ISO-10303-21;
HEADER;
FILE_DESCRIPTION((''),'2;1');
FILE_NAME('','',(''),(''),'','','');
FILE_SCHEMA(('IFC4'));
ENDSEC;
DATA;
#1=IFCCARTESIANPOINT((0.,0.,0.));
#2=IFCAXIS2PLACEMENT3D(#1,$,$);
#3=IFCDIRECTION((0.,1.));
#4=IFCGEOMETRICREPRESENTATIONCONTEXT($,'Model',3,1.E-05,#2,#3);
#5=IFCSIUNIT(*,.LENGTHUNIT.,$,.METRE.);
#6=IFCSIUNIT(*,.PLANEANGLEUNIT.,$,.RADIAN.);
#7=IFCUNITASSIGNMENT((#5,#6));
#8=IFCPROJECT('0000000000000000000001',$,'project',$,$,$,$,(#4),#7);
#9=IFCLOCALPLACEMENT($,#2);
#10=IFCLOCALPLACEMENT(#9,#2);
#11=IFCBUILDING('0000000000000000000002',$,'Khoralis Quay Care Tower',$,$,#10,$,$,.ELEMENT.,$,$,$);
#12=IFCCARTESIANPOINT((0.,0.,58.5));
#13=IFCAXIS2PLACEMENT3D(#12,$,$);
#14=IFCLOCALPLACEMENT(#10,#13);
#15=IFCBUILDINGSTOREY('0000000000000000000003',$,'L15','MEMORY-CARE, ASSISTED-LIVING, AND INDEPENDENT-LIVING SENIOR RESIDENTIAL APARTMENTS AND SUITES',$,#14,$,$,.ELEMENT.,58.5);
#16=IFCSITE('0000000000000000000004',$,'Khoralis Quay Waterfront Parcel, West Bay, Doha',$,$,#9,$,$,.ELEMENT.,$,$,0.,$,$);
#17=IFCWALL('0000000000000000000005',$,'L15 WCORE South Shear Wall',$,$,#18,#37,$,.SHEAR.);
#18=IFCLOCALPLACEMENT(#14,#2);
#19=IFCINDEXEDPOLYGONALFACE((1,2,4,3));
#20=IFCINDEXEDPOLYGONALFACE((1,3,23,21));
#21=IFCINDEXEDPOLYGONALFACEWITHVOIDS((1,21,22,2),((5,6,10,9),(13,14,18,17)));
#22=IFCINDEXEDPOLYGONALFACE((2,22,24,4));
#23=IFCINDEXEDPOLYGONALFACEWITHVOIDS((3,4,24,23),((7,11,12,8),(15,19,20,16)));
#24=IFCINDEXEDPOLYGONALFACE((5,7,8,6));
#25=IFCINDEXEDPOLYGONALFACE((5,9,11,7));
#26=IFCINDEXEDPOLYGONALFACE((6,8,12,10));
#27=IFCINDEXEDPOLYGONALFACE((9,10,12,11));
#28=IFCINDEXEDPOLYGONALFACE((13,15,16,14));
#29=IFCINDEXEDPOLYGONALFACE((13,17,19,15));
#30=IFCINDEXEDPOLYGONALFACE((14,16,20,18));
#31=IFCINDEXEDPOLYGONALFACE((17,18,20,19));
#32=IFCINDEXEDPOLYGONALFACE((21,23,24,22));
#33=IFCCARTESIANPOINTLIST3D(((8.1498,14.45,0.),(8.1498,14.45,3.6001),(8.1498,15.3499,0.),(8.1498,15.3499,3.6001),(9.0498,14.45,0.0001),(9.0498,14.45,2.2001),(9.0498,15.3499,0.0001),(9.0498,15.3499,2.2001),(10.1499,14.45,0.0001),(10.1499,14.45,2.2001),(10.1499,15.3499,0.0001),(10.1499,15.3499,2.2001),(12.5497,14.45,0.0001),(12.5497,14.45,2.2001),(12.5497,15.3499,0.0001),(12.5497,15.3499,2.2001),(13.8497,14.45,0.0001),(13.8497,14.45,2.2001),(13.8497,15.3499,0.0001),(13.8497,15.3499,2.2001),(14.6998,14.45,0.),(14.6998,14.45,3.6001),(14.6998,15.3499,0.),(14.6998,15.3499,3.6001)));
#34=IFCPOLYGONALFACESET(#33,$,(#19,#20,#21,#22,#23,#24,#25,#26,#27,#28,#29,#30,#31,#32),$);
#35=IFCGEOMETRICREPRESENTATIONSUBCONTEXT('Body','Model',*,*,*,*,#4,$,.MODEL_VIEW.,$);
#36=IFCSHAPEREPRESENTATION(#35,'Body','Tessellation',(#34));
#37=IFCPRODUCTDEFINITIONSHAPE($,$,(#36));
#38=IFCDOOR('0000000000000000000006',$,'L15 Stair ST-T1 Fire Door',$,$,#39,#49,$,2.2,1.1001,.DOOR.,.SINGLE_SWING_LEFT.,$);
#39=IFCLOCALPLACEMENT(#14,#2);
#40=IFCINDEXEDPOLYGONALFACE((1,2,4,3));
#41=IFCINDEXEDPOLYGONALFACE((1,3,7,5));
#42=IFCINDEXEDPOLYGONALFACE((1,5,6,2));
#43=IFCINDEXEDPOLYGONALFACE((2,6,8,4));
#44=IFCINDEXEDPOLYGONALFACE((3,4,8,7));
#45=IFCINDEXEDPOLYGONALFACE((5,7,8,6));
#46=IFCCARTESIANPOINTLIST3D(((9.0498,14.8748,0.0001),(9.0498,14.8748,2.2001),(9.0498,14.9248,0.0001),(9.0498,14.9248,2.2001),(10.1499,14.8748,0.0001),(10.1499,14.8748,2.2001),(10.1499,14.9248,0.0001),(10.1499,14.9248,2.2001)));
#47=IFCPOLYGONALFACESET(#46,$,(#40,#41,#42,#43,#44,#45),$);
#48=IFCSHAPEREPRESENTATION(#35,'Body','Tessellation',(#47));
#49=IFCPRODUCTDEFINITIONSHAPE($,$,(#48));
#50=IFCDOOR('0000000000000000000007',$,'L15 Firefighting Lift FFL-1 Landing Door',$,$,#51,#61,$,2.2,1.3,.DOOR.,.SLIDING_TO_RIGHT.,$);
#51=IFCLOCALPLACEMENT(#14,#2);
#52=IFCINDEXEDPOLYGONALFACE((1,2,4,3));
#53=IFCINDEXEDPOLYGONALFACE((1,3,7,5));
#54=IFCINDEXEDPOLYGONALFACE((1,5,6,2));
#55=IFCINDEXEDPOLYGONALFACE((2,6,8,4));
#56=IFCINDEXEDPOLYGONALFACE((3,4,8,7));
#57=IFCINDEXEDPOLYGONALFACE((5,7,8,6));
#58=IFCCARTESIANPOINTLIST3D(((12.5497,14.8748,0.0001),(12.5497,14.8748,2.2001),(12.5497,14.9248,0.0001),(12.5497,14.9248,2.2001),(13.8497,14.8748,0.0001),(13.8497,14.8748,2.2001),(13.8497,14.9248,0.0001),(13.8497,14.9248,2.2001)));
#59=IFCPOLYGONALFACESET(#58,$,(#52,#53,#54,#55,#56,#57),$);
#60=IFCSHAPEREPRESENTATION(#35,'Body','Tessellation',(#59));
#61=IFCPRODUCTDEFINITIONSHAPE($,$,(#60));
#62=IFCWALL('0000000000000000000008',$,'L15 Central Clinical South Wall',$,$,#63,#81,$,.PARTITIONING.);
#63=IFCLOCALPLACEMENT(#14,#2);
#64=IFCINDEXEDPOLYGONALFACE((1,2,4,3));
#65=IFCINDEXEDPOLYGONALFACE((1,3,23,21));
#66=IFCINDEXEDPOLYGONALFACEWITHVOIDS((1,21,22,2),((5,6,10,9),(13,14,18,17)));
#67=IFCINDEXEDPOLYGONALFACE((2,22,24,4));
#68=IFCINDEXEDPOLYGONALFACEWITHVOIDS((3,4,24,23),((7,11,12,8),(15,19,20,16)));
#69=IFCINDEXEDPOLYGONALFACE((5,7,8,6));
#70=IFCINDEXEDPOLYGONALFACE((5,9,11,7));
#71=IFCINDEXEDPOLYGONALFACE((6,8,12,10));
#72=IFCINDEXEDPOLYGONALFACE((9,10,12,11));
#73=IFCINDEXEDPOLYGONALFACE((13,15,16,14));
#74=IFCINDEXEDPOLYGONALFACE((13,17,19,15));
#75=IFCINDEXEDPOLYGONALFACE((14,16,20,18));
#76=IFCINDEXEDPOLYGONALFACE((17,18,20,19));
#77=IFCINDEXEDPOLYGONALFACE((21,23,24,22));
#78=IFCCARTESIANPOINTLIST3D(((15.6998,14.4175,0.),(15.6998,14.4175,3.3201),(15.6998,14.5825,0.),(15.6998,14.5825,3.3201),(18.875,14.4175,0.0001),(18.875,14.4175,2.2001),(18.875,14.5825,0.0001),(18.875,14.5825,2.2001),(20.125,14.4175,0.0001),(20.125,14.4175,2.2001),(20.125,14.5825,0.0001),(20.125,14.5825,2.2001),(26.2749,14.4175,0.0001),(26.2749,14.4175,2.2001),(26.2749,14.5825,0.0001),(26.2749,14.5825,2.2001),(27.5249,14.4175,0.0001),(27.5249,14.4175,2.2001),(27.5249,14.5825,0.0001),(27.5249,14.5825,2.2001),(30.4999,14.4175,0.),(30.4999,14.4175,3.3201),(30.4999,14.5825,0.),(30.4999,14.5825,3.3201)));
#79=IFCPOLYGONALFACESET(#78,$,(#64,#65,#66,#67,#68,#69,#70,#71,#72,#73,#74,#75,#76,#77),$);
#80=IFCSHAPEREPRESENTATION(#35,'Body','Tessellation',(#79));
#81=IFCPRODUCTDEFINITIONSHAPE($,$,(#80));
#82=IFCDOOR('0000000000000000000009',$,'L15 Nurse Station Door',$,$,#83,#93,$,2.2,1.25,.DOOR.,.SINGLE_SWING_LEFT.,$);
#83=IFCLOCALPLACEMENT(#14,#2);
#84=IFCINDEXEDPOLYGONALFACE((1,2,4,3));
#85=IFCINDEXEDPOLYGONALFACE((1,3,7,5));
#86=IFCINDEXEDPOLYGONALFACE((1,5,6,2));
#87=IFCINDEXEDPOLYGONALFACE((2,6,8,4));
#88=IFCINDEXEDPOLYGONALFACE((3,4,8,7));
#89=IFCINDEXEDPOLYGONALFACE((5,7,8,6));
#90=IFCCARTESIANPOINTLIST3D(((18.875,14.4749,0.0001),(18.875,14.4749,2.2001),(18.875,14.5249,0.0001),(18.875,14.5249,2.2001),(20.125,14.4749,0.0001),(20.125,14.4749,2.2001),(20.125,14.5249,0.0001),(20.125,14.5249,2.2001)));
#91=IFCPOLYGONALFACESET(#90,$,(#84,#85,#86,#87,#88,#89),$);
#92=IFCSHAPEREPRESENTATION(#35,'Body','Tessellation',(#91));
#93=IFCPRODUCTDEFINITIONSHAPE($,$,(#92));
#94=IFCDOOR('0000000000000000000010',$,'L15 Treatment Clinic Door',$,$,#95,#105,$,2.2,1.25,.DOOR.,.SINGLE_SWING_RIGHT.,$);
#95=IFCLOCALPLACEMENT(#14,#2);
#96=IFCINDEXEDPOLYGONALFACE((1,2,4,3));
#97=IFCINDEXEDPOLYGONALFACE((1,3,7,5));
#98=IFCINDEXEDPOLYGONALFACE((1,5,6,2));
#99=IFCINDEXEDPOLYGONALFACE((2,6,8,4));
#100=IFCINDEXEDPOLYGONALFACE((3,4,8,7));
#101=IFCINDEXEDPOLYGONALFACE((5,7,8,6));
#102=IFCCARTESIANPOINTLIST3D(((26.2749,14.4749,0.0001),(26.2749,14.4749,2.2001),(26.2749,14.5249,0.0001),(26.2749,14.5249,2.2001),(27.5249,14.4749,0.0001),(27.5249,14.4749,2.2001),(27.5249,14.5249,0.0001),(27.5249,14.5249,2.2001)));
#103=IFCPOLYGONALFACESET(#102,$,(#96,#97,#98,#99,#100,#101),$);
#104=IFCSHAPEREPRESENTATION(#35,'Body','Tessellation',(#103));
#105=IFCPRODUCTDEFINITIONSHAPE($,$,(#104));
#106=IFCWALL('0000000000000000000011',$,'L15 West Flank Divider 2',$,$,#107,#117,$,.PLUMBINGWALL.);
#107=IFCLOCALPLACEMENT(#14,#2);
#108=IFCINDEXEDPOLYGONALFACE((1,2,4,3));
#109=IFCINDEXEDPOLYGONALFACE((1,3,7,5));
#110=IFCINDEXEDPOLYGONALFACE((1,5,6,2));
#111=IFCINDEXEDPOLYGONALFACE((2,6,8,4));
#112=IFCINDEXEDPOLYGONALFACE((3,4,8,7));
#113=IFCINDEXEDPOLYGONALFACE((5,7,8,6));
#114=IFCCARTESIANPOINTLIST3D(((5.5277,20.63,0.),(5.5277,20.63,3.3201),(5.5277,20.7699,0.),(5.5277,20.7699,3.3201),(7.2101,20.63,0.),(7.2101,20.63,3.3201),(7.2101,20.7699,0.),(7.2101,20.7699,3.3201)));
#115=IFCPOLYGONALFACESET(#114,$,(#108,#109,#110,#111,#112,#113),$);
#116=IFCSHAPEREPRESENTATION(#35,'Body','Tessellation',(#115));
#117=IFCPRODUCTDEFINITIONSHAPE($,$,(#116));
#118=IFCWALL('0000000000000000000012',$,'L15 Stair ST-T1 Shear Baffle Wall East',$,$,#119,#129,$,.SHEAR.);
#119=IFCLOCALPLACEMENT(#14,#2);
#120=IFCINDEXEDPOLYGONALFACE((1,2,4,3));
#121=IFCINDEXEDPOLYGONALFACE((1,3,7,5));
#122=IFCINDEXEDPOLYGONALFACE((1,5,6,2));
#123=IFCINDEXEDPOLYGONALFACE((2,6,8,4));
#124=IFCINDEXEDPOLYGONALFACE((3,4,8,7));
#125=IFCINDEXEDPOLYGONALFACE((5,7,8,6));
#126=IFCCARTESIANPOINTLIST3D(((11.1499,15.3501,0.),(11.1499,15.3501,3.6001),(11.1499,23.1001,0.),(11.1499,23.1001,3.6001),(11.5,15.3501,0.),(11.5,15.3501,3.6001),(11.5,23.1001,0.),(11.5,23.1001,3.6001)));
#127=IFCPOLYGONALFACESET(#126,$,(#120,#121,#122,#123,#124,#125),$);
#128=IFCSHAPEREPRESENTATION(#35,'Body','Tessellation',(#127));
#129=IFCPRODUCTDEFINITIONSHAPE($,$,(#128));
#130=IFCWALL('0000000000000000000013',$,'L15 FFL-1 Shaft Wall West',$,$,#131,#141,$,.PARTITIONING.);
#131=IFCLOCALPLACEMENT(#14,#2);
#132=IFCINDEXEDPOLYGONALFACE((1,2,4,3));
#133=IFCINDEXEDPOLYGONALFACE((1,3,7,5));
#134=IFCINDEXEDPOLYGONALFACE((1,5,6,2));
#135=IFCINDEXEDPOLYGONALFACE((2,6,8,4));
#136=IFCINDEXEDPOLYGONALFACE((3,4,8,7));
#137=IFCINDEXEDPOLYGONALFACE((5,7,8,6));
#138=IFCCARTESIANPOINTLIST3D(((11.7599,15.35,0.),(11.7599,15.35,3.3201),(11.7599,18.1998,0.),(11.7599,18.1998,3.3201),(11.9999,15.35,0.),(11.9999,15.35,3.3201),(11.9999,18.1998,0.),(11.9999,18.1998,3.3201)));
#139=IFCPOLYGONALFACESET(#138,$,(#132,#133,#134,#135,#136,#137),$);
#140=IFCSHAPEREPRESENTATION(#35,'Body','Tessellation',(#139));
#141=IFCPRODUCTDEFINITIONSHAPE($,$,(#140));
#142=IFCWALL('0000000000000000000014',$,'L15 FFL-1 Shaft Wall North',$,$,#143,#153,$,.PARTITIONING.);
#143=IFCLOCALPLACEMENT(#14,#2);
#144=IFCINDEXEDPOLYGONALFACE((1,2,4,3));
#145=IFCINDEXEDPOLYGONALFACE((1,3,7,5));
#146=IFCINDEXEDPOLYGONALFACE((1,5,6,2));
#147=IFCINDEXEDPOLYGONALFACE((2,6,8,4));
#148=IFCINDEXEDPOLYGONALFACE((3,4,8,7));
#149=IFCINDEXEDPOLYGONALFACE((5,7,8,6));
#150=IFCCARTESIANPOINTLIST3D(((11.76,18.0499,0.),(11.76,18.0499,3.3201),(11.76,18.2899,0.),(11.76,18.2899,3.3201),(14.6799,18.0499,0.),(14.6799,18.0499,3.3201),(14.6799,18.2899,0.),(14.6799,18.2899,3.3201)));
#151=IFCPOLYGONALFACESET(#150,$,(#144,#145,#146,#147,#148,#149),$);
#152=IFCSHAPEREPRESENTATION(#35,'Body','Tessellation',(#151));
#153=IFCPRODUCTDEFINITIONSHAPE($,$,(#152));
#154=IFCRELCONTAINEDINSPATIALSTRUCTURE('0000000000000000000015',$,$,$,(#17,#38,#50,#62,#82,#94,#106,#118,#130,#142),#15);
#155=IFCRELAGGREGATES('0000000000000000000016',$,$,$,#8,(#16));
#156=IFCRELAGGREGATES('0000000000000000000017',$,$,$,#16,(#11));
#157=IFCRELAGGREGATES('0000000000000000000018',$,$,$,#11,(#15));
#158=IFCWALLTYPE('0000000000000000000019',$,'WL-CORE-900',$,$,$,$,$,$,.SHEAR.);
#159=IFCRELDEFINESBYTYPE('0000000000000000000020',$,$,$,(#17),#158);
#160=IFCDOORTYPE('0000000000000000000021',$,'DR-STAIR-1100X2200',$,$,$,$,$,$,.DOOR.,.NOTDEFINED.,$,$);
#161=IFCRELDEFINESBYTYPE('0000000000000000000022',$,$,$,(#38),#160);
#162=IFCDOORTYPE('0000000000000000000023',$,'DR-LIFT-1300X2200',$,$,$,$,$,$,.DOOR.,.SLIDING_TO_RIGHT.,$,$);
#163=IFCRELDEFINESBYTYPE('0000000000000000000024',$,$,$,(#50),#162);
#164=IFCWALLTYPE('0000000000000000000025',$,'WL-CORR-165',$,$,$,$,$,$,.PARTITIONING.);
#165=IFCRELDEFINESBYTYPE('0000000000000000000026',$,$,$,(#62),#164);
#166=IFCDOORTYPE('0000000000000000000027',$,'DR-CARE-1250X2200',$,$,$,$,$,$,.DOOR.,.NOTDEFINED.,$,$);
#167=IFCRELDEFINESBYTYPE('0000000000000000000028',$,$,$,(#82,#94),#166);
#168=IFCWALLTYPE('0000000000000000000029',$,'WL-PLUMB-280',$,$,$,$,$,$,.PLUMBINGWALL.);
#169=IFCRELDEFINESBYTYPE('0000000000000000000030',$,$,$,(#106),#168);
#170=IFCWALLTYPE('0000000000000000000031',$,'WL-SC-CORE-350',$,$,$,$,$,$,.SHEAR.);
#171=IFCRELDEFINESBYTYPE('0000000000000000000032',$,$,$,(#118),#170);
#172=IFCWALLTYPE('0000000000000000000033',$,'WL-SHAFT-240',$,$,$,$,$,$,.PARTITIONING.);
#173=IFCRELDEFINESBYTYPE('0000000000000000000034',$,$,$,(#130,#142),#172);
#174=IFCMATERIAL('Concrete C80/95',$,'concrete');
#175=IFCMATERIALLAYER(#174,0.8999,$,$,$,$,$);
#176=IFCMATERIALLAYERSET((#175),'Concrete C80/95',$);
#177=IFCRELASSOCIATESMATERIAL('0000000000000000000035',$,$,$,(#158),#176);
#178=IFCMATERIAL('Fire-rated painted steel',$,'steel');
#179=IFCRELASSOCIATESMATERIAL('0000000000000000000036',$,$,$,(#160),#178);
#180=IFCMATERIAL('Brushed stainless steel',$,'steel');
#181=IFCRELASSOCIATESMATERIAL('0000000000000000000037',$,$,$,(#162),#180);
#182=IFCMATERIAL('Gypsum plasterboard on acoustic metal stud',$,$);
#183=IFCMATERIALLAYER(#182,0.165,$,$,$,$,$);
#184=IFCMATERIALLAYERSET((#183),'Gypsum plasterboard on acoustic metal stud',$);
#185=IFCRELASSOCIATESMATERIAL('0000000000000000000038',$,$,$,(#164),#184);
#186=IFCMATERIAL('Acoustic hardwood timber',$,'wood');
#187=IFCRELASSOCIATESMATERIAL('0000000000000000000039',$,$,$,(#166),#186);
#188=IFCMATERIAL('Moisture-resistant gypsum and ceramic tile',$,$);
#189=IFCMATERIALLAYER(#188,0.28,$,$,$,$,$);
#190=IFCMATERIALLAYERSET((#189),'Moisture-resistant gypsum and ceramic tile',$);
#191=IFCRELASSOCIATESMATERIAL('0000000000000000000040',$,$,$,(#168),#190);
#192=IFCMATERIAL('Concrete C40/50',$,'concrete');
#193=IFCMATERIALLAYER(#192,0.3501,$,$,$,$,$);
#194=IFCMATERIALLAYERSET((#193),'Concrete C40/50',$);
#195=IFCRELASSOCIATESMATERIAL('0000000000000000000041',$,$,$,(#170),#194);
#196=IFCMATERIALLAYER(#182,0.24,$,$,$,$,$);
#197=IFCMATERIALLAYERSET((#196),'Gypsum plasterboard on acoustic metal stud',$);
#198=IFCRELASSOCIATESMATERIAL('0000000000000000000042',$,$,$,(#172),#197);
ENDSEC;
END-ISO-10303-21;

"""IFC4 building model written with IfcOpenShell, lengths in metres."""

from ifc_helpers import new_model, si_unit, direction, frame, frame_2d, origin, place, context, subcontext, project, spatial, rectangle, extrude, source, transform, mapped, material, layer, layer_set, type_object, element, fill, save


model = new_model("IFC4")

# Units and contexts
model_context = context("Model", 3, precision=1e-05, world=origin(), true_north=direction((0.0, 1.0)))
body_context = subcontext(model_context, "Body", "Model", "MODEL_VIEW")
ifc_project = project(units=[si_unit("LENGTHUNIT", "METRE"), si_unit("PLANEANGLEUNIT", "RADIAN")], contexts=[model_context])

# Site, building, storey
site_placement = place(None, origin())
site = spatial("IfcSite", under=ifc_project, at=site_placement, Name="Khoralis Quay Waterfront Parcel, West Bay, Doha", CompositionType="ELEMENT", RefElevation=0.0)
building_placement = place(site_placement, origin())
building = spatial("IfcBuilding", under=site, at=building_placement, Name="Khoralis Quay Care Tower", CompositionType="ELEMENT")
storey_placement = place(building_placement, frame((0.0, 0.0, 58.5)))
storey = spatial("IfcBuildingStorey", under=building, at=storey_placement, Name="L15", Description="MEMORY-CARE, ASSISTED-LIVING, AND INDEPENDENT-LIVING SENIOR RESIDENTIAL APARTMENTS AND SUITES", CompositionType="ELEMENT", Elevation=58.5)

# Shared definitions
ifc_material_1 = material(Name="Concrete C80/95", Category="concrete")

# Shared definitions
ifc_layer_1 = layer(ifc_material_1, 0.8999)
ifc_layer_set_1 = layer_set([ifc_layer_1], Name="Concrete C80/95")
wall_type_1 = type_object("IfcWallType", Name="WL-CORE-900", PredefinedType="SHEAR", material=ifc_layer_set_1)

# Shared definitions
ifc_material_2 = material(Name="Fire-rated painted steel", Category="steel")
door_type_1 = type_object("IfcDoorType", Name="DR-STAIR-1100X2200", OperationType="NOTDEFINED", PredefinedType="DOOR", material=ifc_material_2)
shared_shape_1 = source(origin(), body_context, "Body", "SweptSolid", [
    extrude(rectangle(XDim=1.1001, YDim=2.2, at=frame_2d((0.55, 1.1001))), frame((0.0, 0.0249, 0.0), z_axis=(0.0, -1.0, 0.0), x_axis=(1.0, 0.0, 0.0)), (0.0, 0.0, 1.0), 0.05),
])

# Walls, openings, doors
wall_1_placement = place(storey_placement, frame((8.1499, 14.8999, 0.0), z_axis=(0.0, 0.0, 1.0), x_axis=(1.0, 0.0, 0.0)))
wall_1 = element("IfcWall", 1, at=wall_1_placement, inside=storey, type_object=wall_type_1, Name="L15 WCORE South Shear Wall", PredefinedType="SHEAR", context=body_context, shape_type="SweptSolid", body=[
    extrude(rectangle(XDim=6.55, YDim=0.8999, at=frame_2d((3.2749, 0.0))), origin(), (0.0, 0.0, 1.0), 3.6001),
])
opening_1_placement = place(wall_1_placement, frame((0.8999, 0.0, 0.0)))
opening_1 = element("IfcOpeningElement", 2, at=opening_1_placement, cuts=wall_1, PredefinedType="OPENING", context=body_context, shape_type="SweptSolid", body=[
    extrude(rectangle(XDim=1.1001, YDim=2.2, at=frame_2d((0.55, 1.1001))), frame((0.0, 0.46, 0.0), z_axis=(0.0, -1.0, 0.0), x_axis=(1.0, 0.0, 0.0)), (0.0, 0.0, 1.0), 0.9199),
])
opening_2_placement = place(wall_1_placement, frame((4.3999, 0.0, 0.0)))
opening_2 = element("IfcOpeningElement", 3, at=opening_2_placement, cuts=wall_1, PredefinedType="OPENING", context=body_context, shape_type="SweptSolid", body=[
    extrude(rectangle(XDim=1.3, YDim=2.2, at=frame_2d((0.6499, 1.1001))), frame((0.0, 0.46, 0.0), z_axis=(0.0, -1.0, 0.0), x_axis=(1.0, 0.0, 0.0)), (0.0, 0.0, 1.0), 0.9199),
])
door_1_placement = place(opening_1_placement, origin())
door_1 = element("IfcDoor", 4, at=door_1_placement, inside=storey, type_object=door_type_1, Name="L15 Stair ST-T1 Fire Door", OperationType="SINGLE_SWING_LEFT", OverallHeight=2.2, OverallWidth=1.1001, PredefinedType="DOOR", context=body_context, shape_type="MappedRepresentation", body=[
    mapped(shared_shape_1, transform((0.0, 0.0, 0.0), scale=1.0)),
])
fill(opening_1, door_1)
ifc_material_3 = material(Name="Brushed stainless steel", Category="steel")
door_type_2 = type_object("IfcDoorType", Name="DR-LIFT-1300X2200", OperationType="SLIDING_TO_RIGHT", PredefinedType="DOOR", material=ifc_material_3)
shared_shape_2 = source(origin(), body_context, "Body", "SweptSolid", [
    extrude(rectangle(XDim=1.3, YDim=2.2, at=frame_2d((0.6499, 1.1001))), frame((0.0, 0.0249, 0.0), z_axis=(0.0, -1.0, 0.0), x_axis=(1.0, 0.0, 0.0)), (0.0, 0.0, 1.0), 0.05),
])
door_2_placement = place(opening_2_placement, origin())
door_2 = element("IfcDoor", 5, at=door_2_placement, inside=storey, type_object=door_type_2, Name="L15 Firefighting Lift FFL-1 Landing Door", OperationType="SLIDING_TO_RIGHT", OverallHeight=2.2, OverallWidth=1.3, PredefinedType="DOOR", context=body_context, shape_type="MappedRepresentation", body=[
    mapped(shared_shape_2, transform((0.0, 0.0, 0.0), scale=1.0)),
])
fill(opening_2, door_2)
ifc_material_4 = material(Name="Gypsum plasterboard on acoustic metal stud")
ifc_layer_2 = layer(ifc_material_4, 0.165)
ifc_layer_set_2 = layer_set([ifc_layer_2], Name="Gypsum plasterboard on acoustic metal stud")
wall_type_2 = type_object("IfcWallType", Name="WL-CORR-165", PredefinedType="PARTITIONING", material=ifc_layer_set_2)
wall_2_placement = place(storey_placement, frame((15.7, 14.5, 0.0), z_axis=(0.0, 0.0, 1.0), x_axis=(1.0, 0.0, 0.0)))
wall_2 = element("IfcWall", 6, at=wall_2_placement, inside=storey, type_object=wall_type_2, Name="L15 Central Clinical South Wall", PredefinedType="PARTITIONING", context=body_context, shape_type="SweptSolid", body=[
    extrude(rectangle(XDim=14.8, YDim=0.165, at=frame_2d((7.3999, 0.0))), origin(), (0.0, 0.0, 1.0), 3.3201),
])
opening_3_placement = place(wall_2_placement, frame((3.175, 0.0, 0.0)))
opening_3 = element("IfcOpeningElement", 7, at=opening_3_placement, cuts=wall_2, PredefinedType="OPENING", context=body_context, shape_type="SweptSolid", body=[
    extrude(rectangle(XDim=1.25, YDim=2.2, at=frame_2d((0.625, 1.1001))), frame((0.0, 0.0925, 0.0), z_axis=(0.0, -1.0, 0.0), x_axis=(1.0, 0.0, 0.0)), (0.0, 0.0, 1.0), 0.1851),
])
opening_4_placement = place(wall_2_placement, frame((10.575, 0.0, 0.0)))
opening_4 = element("IfcOpeningElement", 8, at=opening_4_placement, cuts=wall_2, PredefinedType="OPENING", context=body_context, shape_type="SweptSolid", body=[
    extrude(rectangle(XDim=1.25, YDim=2.2, at=frame_2d((0.625, 1.1001))), frame((0.0, 0.0925, 0.0), z_axis=(0.0, -1.0, 0.0), x_axis=(1.0, 0.0, 0.0)), (0.0, 0.0, 1.0), 0.1851),
])
ifc_material_5 = material(Name="Acoustic hardwood timber", Category="wood")
door_type_3 = type_object("IfcDoorType", Name="DR-CARE-1250X2200", OperationType="NOTDEFINED", PredefinedType="DOOR", material=ifc_material_5)
shared_shape_3 = source(origin(), body_context, "Body", "SweptSolid", [
    extrude(rectangle(XDim=1.25, YDim=2.2, at=frame_2d((0.625, 1.1001))), frame((0.0, 0.0249, 0.0), z_axis=(0.0, -1.0, 0.0), x_axis=(1.0, 0.0, 0.0)), (0.0, 0.0, 1.0), 0.05),
])
door_3_placement = place(opening_3_placement, origin())
door_3 = element("IfcDoor", 9, at=door_3_placement, inside=storey, type_object=door_type_3, Name="L15 Nurse Station Door", OperationType="SINGLE_SWING_LEFT", OverallHeight=2.2, OverallWidth=1.25, PredefinedType="DOOR", context=body_context, shape_type="MappedRepresentation", body=[
    mapped(shared_shape_3, transform((0.0, 0.0, 0.0), scale=1.0)),
])
fill(opening_3, door_3)
door_4_placement = place(opening_4_placement, origin())
door_4 = element("IfcDoor", 10, at=door_4_placement, inside=storey, type_object=door_type_3, Name="L15 Treatment Clinic Door", OperationType="SINGLE_SWING_RIGHT", OverallHeight=2.2, OverallWidth=1.25, PredefinedType="DOOR", context=body_context, shape_type="MappedRepresentation", body=[
    mapped(shared_shape_3, transform((0.0, 0.0, 0.0), scale=1.0)),
])
fill(opening_4, door_4)

# Walls
ifc_material_6 = material(Name="Moisture-resistant gypsum and ceramic tile")
ifc_layer_3 = layer(ifc_material_6, 0.28)
ifc_layer_set_3 = layer_set([ifc_layer_3], Name="Moisture-resistant gypsum and ceramic tile")
wall_type_3 = type_object("IfcWallType", Name="WL-PLUMB-280", PredefinedType="PLUMBINGWALL", material=ifc_layer_set_3)
wall_3_placement = place(storey_placement, frame((5.5276, 20.7, 0.0), z_axis=(0.0, 0.0, 1.0), x_axis=(1.0, 0.0, 0.0)))
element("IfcWall", 11, at=wall_3_placement, inside=storey, type_object=wall_type_3, Name="L15 West Flank Divider 2", PredefinedType="PLUMBINGWALL", context=body_context, shape_type="SweptSolid", body=[
    extrude(rectangle(XDim=1.6824, YDim=0.1399, at=frame_2d((0.8413, 0.0))), origin(), (0.0, 0.0, 1.0), 3.3201),
])
ifc_material_7 = material(Name="Concrete C40/50", Category="concrete")
ifc_layer_4 = layer(ifc_material_7, 0.3501)
ifc_layer_set_4 = layer_set([ifc_layer_4], Name="Concrete C40/50")
wall_type_4 = type_object("IfcWallType", Name="WL-SC-CORE-350", PredefinedType="SHEAR", material=ifc_layer_set_4)
wall_4_placement = place(storey_placement, frame((11.325, 15.3501, 0.0), z_axis=(0.0, 0.0, 1.0), x_axis=(0.0, 1.0, 0.0)))
element("IfcWall", 12, at=wall_4_placement, inside=storey, type_object=wall_type_4, Name="L15 Stair ST-T1 Shear Baffle Wall East", PredefinedType="SHEAR", context=body_context, shape_type="SweptSolid", body=[
    extrude(rectangle(XDim=7.75, YDim=0.3501, at=frame_2d((3.875, 0.0))), origin(), (0.0, 0.0, 1.0), 3.6001),
])
ifc_layer_5 = layer(ifc_material_4, 0.24)
ifc_layer_set_5 = layer_set([ifc_layer_5], Name="Gypsum plasterboard on acoustic metal stud")
wall_type_5 = type_object("IfcWallType", Name="WL-SHAFT-240", PredefinedType="PARTITIONING", material=ifc_layer_set_5)
wall_5_placement = place(storey_placement, frame((11.8799, 15.3501, 0.0), z_axis=(0.0, 0.0, 1.0), x_axis=(0.0, 1.0, 0.0)))
element("IfcWall", 13, at=wall_5_placement, inside=storey, type_object=wall_type_5, Name="L15 FFL-1 Shaft Wall West", PredefinedType="PARTITIONING", context=body_context, shape_type="SweptSolid", body=[
    extrude(rectangle(XDim=2.8499, YDim=0.24, at=frame_2d((1.4248, 0.0))), origin(), (0.0, 0.0, 1.0), 3.3201),
])
wall_6_placement = place(storey_placement, frame((11.76, 18.1699, 0.0), z_axis=(0.0, 0.0, 1.0), x_axis=(1.0, 0.0, 0.0)))
element("IfcWall", 14, at=wall_6_placement, inside=storey, type_object=wall_type_5, Name="L15 FFL-1 Shaft Wall North", PredefinedType="PARTITIONING", context=body_context, shape_type="SweptSolid", body=[
    extrude(rectangle(XDim=2.9199, YDim=0.24, at=frame_2d((1.46, 0.0))), origin(), (0.0, 0.0, 1.0), 3.3201),
])

save(model, "model.ifc")
